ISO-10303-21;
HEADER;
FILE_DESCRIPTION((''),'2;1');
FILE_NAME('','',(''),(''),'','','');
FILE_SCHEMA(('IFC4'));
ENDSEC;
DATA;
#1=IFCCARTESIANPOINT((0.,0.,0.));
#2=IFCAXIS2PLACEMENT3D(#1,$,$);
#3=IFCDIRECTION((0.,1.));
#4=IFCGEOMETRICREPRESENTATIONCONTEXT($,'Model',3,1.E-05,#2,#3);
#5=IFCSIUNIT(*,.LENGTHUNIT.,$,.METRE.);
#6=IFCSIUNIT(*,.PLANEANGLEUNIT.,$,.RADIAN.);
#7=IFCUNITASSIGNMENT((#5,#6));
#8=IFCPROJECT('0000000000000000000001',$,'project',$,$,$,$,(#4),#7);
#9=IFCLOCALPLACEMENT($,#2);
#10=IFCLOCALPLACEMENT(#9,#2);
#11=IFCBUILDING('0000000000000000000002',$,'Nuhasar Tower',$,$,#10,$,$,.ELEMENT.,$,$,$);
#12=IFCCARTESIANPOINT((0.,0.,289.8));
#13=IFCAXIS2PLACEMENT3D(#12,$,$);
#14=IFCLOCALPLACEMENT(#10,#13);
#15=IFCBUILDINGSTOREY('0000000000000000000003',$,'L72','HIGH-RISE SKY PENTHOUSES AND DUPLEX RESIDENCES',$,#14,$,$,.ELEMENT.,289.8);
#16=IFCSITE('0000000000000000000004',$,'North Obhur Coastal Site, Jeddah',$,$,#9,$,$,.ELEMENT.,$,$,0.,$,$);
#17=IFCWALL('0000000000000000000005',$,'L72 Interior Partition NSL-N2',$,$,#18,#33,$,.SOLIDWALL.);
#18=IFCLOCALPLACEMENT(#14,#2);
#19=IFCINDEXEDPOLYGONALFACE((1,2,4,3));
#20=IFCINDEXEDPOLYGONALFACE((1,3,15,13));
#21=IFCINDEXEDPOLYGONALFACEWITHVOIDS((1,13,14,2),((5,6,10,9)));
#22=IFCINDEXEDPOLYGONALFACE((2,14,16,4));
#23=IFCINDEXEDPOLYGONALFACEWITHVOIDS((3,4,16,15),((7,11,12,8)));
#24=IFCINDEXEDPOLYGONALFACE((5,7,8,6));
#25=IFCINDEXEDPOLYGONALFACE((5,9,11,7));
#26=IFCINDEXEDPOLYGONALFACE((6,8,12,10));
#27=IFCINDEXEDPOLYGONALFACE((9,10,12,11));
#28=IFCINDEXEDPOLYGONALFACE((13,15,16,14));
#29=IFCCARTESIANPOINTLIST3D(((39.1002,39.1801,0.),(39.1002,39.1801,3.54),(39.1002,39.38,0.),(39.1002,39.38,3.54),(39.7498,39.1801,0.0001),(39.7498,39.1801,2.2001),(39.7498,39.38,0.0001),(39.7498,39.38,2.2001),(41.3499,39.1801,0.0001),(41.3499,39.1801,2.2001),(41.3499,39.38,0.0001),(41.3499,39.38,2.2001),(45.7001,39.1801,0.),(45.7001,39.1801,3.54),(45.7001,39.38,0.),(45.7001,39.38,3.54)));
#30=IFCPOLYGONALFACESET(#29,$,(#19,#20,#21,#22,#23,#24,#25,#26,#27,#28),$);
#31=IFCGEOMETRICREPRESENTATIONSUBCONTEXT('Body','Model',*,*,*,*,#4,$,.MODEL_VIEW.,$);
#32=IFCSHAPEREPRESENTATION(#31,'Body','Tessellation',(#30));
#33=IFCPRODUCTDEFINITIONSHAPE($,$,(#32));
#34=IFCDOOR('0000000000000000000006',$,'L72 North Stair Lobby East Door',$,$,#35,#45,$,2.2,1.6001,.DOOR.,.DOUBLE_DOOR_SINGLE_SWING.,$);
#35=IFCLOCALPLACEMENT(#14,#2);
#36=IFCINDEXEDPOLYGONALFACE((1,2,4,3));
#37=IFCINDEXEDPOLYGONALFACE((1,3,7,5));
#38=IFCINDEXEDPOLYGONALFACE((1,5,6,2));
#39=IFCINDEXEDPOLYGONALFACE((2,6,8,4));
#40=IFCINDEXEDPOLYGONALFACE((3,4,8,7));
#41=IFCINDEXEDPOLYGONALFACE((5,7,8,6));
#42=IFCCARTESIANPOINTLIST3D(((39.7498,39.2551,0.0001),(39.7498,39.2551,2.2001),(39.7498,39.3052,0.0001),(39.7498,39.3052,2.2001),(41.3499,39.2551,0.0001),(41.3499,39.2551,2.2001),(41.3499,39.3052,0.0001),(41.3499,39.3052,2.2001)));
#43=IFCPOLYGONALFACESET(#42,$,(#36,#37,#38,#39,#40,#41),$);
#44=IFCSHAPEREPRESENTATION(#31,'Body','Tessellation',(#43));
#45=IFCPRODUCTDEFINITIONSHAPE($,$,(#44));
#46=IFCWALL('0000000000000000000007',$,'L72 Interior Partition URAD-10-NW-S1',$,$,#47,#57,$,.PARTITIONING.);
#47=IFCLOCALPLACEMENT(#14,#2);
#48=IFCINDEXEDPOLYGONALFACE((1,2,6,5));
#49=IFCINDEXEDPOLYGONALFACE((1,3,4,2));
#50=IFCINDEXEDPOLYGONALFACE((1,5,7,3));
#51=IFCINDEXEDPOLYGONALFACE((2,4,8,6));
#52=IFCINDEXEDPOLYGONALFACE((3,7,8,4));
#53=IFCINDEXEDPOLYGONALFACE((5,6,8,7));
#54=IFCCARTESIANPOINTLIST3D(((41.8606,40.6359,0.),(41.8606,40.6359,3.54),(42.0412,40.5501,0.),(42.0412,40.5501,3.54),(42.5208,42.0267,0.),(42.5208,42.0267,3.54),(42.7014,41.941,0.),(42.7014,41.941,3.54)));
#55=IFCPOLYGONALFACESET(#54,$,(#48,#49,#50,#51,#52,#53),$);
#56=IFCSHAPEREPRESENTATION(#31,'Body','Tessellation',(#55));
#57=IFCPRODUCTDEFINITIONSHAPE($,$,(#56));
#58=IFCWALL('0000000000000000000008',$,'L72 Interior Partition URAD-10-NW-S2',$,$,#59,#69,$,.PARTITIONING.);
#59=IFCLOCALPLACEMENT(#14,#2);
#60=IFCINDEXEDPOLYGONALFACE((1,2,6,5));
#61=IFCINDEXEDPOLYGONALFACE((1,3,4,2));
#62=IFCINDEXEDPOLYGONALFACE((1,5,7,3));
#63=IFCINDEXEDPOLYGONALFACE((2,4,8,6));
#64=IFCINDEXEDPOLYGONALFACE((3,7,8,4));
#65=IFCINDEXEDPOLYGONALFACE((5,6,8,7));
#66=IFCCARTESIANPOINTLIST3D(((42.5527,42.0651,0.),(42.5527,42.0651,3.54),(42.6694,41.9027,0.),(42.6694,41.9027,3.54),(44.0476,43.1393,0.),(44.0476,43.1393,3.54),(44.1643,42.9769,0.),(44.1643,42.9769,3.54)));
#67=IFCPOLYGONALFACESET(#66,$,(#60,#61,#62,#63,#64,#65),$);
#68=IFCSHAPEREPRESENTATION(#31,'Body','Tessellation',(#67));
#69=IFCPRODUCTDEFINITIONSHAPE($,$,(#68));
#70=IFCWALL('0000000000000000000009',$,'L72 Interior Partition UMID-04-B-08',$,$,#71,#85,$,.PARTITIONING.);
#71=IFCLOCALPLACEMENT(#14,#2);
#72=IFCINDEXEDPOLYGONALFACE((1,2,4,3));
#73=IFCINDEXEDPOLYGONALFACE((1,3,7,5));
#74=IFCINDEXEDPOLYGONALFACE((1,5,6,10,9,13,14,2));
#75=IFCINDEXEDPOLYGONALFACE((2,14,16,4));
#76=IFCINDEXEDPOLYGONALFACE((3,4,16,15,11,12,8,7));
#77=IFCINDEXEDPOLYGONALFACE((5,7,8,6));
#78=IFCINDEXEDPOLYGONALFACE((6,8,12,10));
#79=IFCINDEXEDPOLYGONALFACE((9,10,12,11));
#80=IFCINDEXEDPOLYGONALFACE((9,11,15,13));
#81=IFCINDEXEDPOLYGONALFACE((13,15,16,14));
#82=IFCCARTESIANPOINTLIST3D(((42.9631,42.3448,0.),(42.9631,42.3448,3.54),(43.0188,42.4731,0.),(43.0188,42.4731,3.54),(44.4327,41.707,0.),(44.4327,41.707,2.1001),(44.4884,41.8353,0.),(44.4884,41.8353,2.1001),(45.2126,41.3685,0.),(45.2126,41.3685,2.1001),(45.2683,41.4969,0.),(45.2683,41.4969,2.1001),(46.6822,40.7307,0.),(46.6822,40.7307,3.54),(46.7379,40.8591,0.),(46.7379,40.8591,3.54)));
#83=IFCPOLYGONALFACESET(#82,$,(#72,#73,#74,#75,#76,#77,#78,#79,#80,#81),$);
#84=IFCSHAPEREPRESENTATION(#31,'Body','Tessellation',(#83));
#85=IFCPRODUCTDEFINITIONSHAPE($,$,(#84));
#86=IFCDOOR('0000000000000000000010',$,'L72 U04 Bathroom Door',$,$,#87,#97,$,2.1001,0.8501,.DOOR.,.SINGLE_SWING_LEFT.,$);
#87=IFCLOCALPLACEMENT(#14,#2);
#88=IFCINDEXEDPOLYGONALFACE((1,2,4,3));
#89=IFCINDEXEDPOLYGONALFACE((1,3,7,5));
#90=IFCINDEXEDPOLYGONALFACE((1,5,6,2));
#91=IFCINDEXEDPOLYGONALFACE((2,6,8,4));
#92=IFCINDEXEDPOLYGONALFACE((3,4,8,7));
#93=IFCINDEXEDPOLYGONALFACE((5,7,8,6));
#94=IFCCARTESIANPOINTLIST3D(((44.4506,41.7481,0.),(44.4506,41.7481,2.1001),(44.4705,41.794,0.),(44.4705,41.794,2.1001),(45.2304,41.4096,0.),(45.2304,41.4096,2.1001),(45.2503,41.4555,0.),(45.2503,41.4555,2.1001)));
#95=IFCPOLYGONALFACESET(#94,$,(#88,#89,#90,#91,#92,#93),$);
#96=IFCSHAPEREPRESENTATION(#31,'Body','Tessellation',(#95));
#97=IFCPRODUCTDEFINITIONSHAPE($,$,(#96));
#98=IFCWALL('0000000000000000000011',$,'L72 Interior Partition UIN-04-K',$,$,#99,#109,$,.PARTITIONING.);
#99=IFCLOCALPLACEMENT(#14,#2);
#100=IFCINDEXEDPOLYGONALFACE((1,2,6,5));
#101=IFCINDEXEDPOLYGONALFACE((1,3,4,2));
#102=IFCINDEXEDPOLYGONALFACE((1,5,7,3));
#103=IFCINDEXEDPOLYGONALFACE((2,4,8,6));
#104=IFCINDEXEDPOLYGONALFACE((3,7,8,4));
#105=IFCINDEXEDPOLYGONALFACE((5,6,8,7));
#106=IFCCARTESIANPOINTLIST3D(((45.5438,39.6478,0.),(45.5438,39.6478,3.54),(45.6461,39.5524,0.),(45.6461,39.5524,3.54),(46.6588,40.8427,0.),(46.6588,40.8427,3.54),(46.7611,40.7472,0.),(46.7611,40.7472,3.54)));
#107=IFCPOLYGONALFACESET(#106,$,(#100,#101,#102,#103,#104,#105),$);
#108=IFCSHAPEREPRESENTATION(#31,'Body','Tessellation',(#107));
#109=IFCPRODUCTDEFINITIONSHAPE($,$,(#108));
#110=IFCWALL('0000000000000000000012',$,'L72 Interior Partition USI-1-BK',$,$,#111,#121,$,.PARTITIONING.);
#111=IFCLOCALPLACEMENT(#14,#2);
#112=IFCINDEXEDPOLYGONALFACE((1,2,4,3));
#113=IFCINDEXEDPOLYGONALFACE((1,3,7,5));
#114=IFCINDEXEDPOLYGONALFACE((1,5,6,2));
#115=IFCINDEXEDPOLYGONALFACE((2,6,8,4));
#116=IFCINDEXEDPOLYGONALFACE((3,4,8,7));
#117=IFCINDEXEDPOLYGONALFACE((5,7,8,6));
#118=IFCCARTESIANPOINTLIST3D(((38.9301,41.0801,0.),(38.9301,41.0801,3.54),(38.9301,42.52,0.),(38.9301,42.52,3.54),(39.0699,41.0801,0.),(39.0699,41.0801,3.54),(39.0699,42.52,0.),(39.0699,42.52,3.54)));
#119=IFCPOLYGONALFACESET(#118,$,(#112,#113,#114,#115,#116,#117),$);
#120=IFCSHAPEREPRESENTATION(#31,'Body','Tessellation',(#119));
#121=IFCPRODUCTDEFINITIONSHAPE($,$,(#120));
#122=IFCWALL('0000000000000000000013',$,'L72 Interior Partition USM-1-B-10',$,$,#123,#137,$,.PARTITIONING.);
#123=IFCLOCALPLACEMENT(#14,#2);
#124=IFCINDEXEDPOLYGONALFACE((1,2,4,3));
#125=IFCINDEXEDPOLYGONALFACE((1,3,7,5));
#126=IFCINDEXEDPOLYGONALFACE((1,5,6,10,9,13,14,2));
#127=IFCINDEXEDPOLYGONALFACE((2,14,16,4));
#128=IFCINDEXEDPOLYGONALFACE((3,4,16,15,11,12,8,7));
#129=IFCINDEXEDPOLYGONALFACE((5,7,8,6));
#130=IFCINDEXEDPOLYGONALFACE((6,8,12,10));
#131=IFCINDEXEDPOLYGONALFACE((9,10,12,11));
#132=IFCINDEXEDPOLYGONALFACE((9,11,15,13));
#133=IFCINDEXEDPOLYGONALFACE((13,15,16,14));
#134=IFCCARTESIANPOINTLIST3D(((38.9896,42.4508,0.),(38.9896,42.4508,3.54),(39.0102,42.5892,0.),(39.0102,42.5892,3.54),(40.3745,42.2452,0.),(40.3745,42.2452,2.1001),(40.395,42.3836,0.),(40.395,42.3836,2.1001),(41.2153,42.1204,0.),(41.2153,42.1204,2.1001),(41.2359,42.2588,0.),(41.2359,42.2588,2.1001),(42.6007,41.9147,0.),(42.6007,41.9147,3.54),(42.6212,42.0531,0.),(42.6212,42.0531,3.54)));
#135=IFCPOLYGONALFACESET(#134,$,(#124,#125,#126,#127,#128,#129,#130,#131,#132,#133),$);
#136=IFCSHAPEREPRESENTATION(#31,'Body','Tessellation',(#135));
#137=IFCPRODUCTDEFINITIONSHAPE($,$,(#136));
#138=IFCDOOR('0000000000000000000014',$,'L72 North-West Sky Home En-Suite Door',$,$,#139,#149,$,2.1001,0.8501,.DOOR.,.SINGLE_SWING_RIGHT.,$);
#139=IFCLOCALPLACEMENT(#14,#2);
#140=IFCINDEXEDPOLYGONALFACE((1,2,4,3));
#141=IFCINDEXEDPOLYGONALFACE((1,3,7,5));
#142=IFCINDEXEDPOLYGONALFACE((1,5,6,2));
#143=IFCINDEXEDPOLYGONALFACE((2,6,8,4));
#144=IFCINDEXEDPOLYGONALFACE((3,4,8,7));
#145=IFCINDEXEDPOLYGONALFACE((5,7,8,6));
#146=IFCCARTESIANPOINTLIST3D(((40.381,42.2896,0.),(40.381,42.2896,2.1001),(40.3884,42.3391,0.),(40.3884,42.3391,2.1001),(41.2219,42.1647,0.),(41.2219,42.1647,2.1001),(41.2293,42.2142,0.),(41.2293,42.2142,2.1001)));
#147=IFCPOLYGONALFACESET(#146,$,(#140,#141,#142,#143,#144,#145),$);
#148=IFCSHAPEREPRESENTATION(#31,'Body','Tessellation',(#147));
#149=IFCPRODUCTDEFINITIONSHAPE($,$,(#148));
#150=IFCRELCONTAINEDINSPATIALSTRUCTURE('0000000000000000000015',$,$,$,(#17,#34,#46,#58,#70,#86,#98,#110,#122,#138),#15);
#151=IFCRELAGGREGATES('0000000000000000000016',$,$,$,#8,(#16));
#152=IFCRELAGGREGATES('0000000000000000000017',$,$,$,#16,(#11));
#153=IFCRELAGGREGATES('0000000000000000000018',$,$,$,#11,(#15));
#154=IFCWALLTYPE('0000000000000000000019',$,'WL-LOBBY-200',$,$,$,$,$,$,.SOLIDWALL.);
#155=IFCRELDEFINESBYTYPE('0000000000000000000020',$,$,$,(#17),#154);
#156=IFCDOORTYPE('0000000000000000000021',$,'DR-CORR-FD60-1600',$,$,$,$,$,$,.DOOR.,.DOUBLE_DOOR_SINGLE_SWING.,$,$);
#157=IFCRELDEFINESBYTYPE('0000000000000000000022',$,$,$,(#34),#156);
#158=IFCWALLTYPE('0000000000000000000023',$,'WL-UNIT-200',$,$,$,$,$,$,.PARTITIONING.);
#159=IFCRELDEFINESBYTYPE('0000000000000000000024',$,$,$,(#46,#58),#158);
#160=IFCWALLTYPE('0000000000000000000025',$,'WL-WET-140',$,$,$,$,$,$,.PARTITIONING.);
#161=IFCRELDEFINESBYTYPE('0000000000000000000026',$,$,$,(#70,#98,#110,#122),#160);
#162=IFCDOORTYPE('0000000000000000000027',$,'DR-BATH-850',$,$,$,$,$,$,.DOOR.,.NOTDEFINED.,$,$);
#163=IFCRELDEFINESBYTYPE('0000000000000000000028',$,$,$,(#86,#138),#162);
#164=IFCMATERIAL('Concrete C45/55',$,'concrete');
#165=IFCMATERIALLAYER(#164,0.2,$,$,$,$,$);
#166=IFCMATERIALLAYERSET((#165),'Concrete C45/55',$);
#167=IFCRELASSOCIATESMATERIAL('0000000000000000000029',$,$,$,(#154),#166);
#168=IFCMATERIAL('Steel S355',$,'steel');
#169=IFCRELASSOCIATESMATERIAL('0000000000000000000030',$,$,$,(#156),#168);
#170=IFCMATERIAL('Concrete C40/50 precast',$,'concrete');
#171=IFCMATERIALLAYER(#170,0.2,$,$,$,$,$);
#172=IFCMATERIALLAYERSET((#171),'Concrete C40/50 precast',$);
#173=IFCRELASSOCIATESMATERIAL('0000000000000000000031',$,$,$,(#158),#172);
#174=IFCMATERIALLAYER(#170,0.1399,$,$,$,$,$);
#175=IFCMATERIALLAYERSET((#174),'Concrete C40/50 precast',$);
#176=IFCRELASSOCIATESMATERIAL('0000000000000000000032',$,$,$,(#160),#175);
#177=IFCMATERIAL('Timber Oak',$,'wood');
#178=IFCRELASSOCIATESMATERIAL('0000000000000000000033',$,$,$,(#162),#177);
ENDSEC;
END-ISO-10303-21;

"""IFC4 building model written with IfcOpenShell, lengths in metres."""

from ifc_helpers import new_model, si_unit, direction, frame, frame_2d, origin, place, context, subcontext, project, spatial, rectangle, extrude, material, layer, layer_set, type_object, element, fill, save


model = new_model("IFC4")

# Units and contexts
model_context = context("Model", 3, precision=1e-05, world=origin(), true_north=direction((0.0, 1.0)))
body_context = subcontext(model_context, "Body", "Model", "MODEL_VIEW")
ifc_project = project(units=[si_unit("LENGTHUNIT", "METRE"), si_unit("PLANEANGLEUNIT", "RADIAN")], contexts=[model_context])

# Site, building, storey
site_placement = place(None, origin())
site = spatial("IfcSite", under=ifc_project, at=site_placement, Name="North Obhur Coastal Site, Jeddah", CompositionType="ELEMENT", RefElevation=0.0)
building_placement = place(site_placement, origin())
building = spatial("IfcBuilding", under=site, at=building_placement, Name="Nuhasar Tower", CompositionType="ELEMENT")
storey_placement = place(building_placement, frame((0.0, 0.0, 289.8)))
storey = spatial("IfcBuildingStorey", under=building, at=storey_placement, Name="L72", Description="HIGH-RISE SKY PENTHOUSES AND DUPLEX RESIDENCES", CompositionType="ELEMENT", Elevation=289.8)

# Shared definitions
ifc_material_1 = material(Name="Steel S355", Category="steel")

# Shared definitions
ifc_material_2 = material(Name="Concrete C45/55", Category="concrete")
ifc_layer_1 = layer(ifc_material_2, 0.2)
ifc_layer_set_1 = layer_set([ifc_layer_1], Name="Concrete C45/55")
wall_type_1 = type_object("IfcWallType", Name="WL-LOBBY-200", PredefinedType="SOLIDWALL", material=ifc_layer_set_1)

# Wall, opening, door
wall_1_placement = place(storey_placement, frame((45.7, 39.28, 0.0), z_axis=(0.0, 0.0, 1.0), x_axis=(-1.0, 0.0, 0.0)))
wall_1 = element("IfcWall", 1, at=wall_1_placement, inside=storey, type_object=wall_type_1, Name="L72 Interior Partition NSL-N2", PredefinedType="SOLIDWALL", context=body_context, shape_type="SweptSolid", body=[
    extrude(rectangle(XDim=6.5999, YDim=0.2, at=frame_2d((3.2998, 0.0))), origin(), (0.0, 0.0, 1.0), 3.54),
])
opening_1_placement = place(wall_1_placement, frame((4.3501, 0.0, 0.0)))
opening_1 = element("IfcOpeningElement", 2, at=opening_1_placement, cuts=wall_1, PredefinedType="OPENING", context=body_context, shape_type="SweptSolid", body=[
    extrude(rectangle(XDim=1.6001, YDim=2.2, at=frame_2d((0.8, 1.1001))), frame((0.0, 0.1099, 0.0), z_axis=(0.0, -1.0, 0.0), x_axis=(1.0, 0.0, 0.0)), (0.0, 0.0, 1.0), 0.22),
])
door_type_1 = type_object("IfcDoorType", Name="DR-CORR-FD60-1600", OperationType="DOUBLE_DOOR_SINGLE_SWING", PredefinedType="DOOR", material=ifc_material_1)
door_1_placement = place(opening_1_placement, origin())
door_1 = element("IfcDoor", 3, at=door_1_placement, inside=storey, type_object=door_type_1, Name="L72 North Stair Lobby East Door", OperationType="DOUBLE_DOOR_SINGLE_SWING", OverallHeight=2.2, OverallWidth=1.6001, PredefinedType="DOOR", context=body_context, shape_type="SweptSolid", body=[
    extrude(rectangle(XDim=1.6001, YDim=2.2, at=frame_2d((0.8, 1.1001))), frame((0.0, 0.0249, 0.0), z_axis=(0.0, -1.0, 0.0), x_axis=(1.0, 0.0, 0.0)), (0.0, 0.0, 1.0), 0.05),
])
fill(opening_1, door_1)

# Walls
ifc_material_3 = material(Name="Concrete C40/50 precast", Category="concrete")
ifc_layer_2 = layer(ifc_material_3, 0.2)
ifc_layer_set_2 = layer_set([ifc_layer_2], Name="Concrete C40/50 precast")
wall_type_2 = type_object("IfcWallType", Name="WL-UNIT-200", PredefinedType="PARTITIONING", material=ifc_layer_set_2)
wall_2_placement = place(storey_placement, frame((41.9509, 40.593, 0.0), z_axis=(0.0, 0.0, 1.0), x_axis=(0.428788, 0.903405, 0.0)))
element("IfcWall", 4, at=wall_2_placement, inside=storey, type_object=wall_type_2, Name="L72 Interior Partition URAD-10-NW-S1", PredefinedType="PARTITIONING", context=body_context, shape_type="SweptSolid", body=[
    extrude(rectangle(XDim=1.5396, YDim=0.2, at=frame_2d((0.7698, 0.0))), origin(), (0.0, 0.0, 1.0), 3.54),
])
wall_3_placement = place(storey_placement, frame((42.6111, 41.9839, 0.0), z_axis=(0.0, 0.0, 1.0), x_axis=(0.812072, 0.583557, 0.0)))
element("IfcWall", 5, at=wall_3_placement, inside=storey, type_object=wall_type_2, Name="L72 Interior Partition URAD-10-NW-S2", PredefinedType="PARTITIONING", context=body_context, shape_type="SweptSolid", body=[
    extrude(rectangle(XDim=1.8408, YDim=0.2, at=frame_2d((0.9204, 0.0))), origin(), (0.0, 0.0, 1.0), 3.54),
])

# Wall, opening, door
ifc_layer_3 = layer(ifc_material_3, 0.1399)
ifc_layer_set_3 = layer_set([ifc_layer_3], Name="Concrete C40/50 precast")
wall_type_3 = type_object("IfcWallType", Name="WL-WET-140", PredefinedType="PARTITIONING", material=ifc_layer_set_3)
wall_4_placement = place(storey_placement, frame((42.991, 42.4089, 0.0), z_axis=(0.0, 0.0, 1.0), x_axis=(0.917335, -0.398116, 0.0)))
wall_4 = element("IfcWall", 6, at=wall_4_placement, inside=storey, type_object=wall_type_3, Name="L72 Interior Partition UMID-04-B-08", PredefinedType="PARTITIONING", context=body_context, shape_type="SweptSolid", body=[
    extrude(rectangle(XDim=4.0542, YDim=0.1399, at=frame_2d((2.0271, 0.0))), origin(), (0.0, 0.0, 1.0), 3.54),
])
opening_2_placement = place(wall_4_placement, frame((1.6021, 0.0, 0.0)))
opening_2 = element("IfcOpeningElement", 7, at=opening_2_placement, cuts=wall_4, PredefinedType="OPENING", context=body_context, shape_type="SweptSolid", body=[
    extrude(rectangle(XDim=0.8501, YDim=2.1001, at=frame_2d((0.425, 1.05))), frame((0.0, 0.0801, 0.0), z_axis=(0.0, -1.0, 0.0), x_axis=(1.0, 0.0, 0.0)), (0.0, 0.0, 1.0), 0.1599),
])
ifc_material_4 = material(Name="Timber Oak", Category="wood")
door_type_2 = type_object("IfcDoorType", Name="DR-BATH-850", OperationType="NOTDEFINED", PredefinedType="DOOR", material=ifc_material_4)
door_2_placement = place(opening_2_placement, origin())
door_2 = element("IfcDoor", 8, at=door_2_placement, inside=storey, type_object=door_type_2, Name="L72 U04 Bathroom Door", OperationType="SINGLE_SWING_LEFT", OverallHeight=2.1001, OverallWidth=0.8501, PredefinedType="DOOR", context=body_context, shape_type="SweptSolid", body=[
    extrude(rectangle(XDim=0.8501, YDim=2.1001, at=frame_2d((0.425, 1.05))), frame((0.0, 0.0249, 0.0), z_axis=(0.0, -1.0, 0.0), x_axis=(1.0, 0.0, 0.0)), (0.0, 0.0, 1.0), 0.05),
])
fill(opening_2, door_2)

# Walls
wall_5_placement = place(storey_placement, frame((45.595, 39.6001, 0.0), z_axis=(0.0, 0.0, 1.0), x_axis=(0.68226, 0.73111, 0.0)))
element("IfcWall", 9, at=wall_5_placement, inside=storey, type_object=wall_type_3, Name="L72 Interior Partition UIN-04-K", PredefinedType="PARTITIONING", context=body_context, shape_type="SweptSolid", body=[
    extrude(rectangle(XDim=1.6343, YDim=0.1399, at=frame_2d((0.8171, 0.0))), origin(), (0.0, 0.0, 1.0), 3.54),
])
wall_6_placement = place(storey_placement, frame((39.0, 41.0801, 0.0), z_axis=(0.0, 0.0, 1.0), x_axis=(0.0, 1.0, 0.0)))
element("IfcWall", 10, at=wall_6_placement, inside=storey, type_object=wall_type_3, Name="L72 Interior Partition USI-1-BK", PredefinedType="PARTITIONING", context=body_context, shape_type="SweptSolid", body=[
    extrude(rectangle(XDim=1.4399, YDim=0.1399, at=frame_2d((0.72, 0.0))), origin(), (0.0, 0.0, 1.0), 3.54),
])

# Wall, opening, door
wall_7_placement = place(storey_placement, frame((39.0, 42.52, 0.0), z_axis=(0.0, 0.0, 1.0), x_axis=(0.989157, -0.146859, 0.0)))
wall_7 = element("IfcWall", 11, at=wall_7_placement, inside=storey, type_object=wall_type_3, Name="L72 Interior Partition USM-1-B-10", PredefinedType="PARTITIONING", context=body_context, shape_type="SweptSolid", body=[
    extrude(rectangle(XDim=3.6506, YDim=0.1399, at=frame_2d((1.8252, 0.0))), origin(), (0.0, 0.0, 1.0), 3.54),
])
opening_3_placement = place(wall_7_placement, frame((1.3999, 0.0, 0.0)))
opening_3 = element("IfcOpeningElement", 12, at=opening_3_placement, cuts=wall_7, PredefinedType="OPENING", context=body_context, shape_type="SweptSolid", body=[
    extrude(rectangle(XDim=0.8501, YDim=2.1001, at=frame_2d((0.425, 1.05))), frame((0.0, 0.0801, 0.0), z_axis=(0.0, -1.0, 0.0), x_axis=(1.0, 0.0, 0.0)), (0.0, 0.0, 1.0), 0.1599),
])
door_3_placement = place(opening_3_placement, origin())
door_3 = element("IfcDoor", 13, at=door_3_placement, inside=storey, type_object=door_type_2, Name="L72 North-West Sky Home En-Suite Door", OperationType="SINGLE_SWING_RIGHT", OverallHeight=2.1001, OverallWidth=0.8501, PredefinedType="DOOR", context=body_context, shape_type="SweptSolid", body=[
    extrude(rectangle(XDim=0.8501, YDim=2.1001, at=frame_2d((0.425, 1.05))), frame((0.0, 0.0249, 0.0), z_axis=(0.0, -1.0, 0.0), x_axis=(1.0, 0.0, 0.0)), (0.0, 0.0, 1.0), 0.05),
])
fill(opening_3, door_3)

save(model, "model.ifc")
